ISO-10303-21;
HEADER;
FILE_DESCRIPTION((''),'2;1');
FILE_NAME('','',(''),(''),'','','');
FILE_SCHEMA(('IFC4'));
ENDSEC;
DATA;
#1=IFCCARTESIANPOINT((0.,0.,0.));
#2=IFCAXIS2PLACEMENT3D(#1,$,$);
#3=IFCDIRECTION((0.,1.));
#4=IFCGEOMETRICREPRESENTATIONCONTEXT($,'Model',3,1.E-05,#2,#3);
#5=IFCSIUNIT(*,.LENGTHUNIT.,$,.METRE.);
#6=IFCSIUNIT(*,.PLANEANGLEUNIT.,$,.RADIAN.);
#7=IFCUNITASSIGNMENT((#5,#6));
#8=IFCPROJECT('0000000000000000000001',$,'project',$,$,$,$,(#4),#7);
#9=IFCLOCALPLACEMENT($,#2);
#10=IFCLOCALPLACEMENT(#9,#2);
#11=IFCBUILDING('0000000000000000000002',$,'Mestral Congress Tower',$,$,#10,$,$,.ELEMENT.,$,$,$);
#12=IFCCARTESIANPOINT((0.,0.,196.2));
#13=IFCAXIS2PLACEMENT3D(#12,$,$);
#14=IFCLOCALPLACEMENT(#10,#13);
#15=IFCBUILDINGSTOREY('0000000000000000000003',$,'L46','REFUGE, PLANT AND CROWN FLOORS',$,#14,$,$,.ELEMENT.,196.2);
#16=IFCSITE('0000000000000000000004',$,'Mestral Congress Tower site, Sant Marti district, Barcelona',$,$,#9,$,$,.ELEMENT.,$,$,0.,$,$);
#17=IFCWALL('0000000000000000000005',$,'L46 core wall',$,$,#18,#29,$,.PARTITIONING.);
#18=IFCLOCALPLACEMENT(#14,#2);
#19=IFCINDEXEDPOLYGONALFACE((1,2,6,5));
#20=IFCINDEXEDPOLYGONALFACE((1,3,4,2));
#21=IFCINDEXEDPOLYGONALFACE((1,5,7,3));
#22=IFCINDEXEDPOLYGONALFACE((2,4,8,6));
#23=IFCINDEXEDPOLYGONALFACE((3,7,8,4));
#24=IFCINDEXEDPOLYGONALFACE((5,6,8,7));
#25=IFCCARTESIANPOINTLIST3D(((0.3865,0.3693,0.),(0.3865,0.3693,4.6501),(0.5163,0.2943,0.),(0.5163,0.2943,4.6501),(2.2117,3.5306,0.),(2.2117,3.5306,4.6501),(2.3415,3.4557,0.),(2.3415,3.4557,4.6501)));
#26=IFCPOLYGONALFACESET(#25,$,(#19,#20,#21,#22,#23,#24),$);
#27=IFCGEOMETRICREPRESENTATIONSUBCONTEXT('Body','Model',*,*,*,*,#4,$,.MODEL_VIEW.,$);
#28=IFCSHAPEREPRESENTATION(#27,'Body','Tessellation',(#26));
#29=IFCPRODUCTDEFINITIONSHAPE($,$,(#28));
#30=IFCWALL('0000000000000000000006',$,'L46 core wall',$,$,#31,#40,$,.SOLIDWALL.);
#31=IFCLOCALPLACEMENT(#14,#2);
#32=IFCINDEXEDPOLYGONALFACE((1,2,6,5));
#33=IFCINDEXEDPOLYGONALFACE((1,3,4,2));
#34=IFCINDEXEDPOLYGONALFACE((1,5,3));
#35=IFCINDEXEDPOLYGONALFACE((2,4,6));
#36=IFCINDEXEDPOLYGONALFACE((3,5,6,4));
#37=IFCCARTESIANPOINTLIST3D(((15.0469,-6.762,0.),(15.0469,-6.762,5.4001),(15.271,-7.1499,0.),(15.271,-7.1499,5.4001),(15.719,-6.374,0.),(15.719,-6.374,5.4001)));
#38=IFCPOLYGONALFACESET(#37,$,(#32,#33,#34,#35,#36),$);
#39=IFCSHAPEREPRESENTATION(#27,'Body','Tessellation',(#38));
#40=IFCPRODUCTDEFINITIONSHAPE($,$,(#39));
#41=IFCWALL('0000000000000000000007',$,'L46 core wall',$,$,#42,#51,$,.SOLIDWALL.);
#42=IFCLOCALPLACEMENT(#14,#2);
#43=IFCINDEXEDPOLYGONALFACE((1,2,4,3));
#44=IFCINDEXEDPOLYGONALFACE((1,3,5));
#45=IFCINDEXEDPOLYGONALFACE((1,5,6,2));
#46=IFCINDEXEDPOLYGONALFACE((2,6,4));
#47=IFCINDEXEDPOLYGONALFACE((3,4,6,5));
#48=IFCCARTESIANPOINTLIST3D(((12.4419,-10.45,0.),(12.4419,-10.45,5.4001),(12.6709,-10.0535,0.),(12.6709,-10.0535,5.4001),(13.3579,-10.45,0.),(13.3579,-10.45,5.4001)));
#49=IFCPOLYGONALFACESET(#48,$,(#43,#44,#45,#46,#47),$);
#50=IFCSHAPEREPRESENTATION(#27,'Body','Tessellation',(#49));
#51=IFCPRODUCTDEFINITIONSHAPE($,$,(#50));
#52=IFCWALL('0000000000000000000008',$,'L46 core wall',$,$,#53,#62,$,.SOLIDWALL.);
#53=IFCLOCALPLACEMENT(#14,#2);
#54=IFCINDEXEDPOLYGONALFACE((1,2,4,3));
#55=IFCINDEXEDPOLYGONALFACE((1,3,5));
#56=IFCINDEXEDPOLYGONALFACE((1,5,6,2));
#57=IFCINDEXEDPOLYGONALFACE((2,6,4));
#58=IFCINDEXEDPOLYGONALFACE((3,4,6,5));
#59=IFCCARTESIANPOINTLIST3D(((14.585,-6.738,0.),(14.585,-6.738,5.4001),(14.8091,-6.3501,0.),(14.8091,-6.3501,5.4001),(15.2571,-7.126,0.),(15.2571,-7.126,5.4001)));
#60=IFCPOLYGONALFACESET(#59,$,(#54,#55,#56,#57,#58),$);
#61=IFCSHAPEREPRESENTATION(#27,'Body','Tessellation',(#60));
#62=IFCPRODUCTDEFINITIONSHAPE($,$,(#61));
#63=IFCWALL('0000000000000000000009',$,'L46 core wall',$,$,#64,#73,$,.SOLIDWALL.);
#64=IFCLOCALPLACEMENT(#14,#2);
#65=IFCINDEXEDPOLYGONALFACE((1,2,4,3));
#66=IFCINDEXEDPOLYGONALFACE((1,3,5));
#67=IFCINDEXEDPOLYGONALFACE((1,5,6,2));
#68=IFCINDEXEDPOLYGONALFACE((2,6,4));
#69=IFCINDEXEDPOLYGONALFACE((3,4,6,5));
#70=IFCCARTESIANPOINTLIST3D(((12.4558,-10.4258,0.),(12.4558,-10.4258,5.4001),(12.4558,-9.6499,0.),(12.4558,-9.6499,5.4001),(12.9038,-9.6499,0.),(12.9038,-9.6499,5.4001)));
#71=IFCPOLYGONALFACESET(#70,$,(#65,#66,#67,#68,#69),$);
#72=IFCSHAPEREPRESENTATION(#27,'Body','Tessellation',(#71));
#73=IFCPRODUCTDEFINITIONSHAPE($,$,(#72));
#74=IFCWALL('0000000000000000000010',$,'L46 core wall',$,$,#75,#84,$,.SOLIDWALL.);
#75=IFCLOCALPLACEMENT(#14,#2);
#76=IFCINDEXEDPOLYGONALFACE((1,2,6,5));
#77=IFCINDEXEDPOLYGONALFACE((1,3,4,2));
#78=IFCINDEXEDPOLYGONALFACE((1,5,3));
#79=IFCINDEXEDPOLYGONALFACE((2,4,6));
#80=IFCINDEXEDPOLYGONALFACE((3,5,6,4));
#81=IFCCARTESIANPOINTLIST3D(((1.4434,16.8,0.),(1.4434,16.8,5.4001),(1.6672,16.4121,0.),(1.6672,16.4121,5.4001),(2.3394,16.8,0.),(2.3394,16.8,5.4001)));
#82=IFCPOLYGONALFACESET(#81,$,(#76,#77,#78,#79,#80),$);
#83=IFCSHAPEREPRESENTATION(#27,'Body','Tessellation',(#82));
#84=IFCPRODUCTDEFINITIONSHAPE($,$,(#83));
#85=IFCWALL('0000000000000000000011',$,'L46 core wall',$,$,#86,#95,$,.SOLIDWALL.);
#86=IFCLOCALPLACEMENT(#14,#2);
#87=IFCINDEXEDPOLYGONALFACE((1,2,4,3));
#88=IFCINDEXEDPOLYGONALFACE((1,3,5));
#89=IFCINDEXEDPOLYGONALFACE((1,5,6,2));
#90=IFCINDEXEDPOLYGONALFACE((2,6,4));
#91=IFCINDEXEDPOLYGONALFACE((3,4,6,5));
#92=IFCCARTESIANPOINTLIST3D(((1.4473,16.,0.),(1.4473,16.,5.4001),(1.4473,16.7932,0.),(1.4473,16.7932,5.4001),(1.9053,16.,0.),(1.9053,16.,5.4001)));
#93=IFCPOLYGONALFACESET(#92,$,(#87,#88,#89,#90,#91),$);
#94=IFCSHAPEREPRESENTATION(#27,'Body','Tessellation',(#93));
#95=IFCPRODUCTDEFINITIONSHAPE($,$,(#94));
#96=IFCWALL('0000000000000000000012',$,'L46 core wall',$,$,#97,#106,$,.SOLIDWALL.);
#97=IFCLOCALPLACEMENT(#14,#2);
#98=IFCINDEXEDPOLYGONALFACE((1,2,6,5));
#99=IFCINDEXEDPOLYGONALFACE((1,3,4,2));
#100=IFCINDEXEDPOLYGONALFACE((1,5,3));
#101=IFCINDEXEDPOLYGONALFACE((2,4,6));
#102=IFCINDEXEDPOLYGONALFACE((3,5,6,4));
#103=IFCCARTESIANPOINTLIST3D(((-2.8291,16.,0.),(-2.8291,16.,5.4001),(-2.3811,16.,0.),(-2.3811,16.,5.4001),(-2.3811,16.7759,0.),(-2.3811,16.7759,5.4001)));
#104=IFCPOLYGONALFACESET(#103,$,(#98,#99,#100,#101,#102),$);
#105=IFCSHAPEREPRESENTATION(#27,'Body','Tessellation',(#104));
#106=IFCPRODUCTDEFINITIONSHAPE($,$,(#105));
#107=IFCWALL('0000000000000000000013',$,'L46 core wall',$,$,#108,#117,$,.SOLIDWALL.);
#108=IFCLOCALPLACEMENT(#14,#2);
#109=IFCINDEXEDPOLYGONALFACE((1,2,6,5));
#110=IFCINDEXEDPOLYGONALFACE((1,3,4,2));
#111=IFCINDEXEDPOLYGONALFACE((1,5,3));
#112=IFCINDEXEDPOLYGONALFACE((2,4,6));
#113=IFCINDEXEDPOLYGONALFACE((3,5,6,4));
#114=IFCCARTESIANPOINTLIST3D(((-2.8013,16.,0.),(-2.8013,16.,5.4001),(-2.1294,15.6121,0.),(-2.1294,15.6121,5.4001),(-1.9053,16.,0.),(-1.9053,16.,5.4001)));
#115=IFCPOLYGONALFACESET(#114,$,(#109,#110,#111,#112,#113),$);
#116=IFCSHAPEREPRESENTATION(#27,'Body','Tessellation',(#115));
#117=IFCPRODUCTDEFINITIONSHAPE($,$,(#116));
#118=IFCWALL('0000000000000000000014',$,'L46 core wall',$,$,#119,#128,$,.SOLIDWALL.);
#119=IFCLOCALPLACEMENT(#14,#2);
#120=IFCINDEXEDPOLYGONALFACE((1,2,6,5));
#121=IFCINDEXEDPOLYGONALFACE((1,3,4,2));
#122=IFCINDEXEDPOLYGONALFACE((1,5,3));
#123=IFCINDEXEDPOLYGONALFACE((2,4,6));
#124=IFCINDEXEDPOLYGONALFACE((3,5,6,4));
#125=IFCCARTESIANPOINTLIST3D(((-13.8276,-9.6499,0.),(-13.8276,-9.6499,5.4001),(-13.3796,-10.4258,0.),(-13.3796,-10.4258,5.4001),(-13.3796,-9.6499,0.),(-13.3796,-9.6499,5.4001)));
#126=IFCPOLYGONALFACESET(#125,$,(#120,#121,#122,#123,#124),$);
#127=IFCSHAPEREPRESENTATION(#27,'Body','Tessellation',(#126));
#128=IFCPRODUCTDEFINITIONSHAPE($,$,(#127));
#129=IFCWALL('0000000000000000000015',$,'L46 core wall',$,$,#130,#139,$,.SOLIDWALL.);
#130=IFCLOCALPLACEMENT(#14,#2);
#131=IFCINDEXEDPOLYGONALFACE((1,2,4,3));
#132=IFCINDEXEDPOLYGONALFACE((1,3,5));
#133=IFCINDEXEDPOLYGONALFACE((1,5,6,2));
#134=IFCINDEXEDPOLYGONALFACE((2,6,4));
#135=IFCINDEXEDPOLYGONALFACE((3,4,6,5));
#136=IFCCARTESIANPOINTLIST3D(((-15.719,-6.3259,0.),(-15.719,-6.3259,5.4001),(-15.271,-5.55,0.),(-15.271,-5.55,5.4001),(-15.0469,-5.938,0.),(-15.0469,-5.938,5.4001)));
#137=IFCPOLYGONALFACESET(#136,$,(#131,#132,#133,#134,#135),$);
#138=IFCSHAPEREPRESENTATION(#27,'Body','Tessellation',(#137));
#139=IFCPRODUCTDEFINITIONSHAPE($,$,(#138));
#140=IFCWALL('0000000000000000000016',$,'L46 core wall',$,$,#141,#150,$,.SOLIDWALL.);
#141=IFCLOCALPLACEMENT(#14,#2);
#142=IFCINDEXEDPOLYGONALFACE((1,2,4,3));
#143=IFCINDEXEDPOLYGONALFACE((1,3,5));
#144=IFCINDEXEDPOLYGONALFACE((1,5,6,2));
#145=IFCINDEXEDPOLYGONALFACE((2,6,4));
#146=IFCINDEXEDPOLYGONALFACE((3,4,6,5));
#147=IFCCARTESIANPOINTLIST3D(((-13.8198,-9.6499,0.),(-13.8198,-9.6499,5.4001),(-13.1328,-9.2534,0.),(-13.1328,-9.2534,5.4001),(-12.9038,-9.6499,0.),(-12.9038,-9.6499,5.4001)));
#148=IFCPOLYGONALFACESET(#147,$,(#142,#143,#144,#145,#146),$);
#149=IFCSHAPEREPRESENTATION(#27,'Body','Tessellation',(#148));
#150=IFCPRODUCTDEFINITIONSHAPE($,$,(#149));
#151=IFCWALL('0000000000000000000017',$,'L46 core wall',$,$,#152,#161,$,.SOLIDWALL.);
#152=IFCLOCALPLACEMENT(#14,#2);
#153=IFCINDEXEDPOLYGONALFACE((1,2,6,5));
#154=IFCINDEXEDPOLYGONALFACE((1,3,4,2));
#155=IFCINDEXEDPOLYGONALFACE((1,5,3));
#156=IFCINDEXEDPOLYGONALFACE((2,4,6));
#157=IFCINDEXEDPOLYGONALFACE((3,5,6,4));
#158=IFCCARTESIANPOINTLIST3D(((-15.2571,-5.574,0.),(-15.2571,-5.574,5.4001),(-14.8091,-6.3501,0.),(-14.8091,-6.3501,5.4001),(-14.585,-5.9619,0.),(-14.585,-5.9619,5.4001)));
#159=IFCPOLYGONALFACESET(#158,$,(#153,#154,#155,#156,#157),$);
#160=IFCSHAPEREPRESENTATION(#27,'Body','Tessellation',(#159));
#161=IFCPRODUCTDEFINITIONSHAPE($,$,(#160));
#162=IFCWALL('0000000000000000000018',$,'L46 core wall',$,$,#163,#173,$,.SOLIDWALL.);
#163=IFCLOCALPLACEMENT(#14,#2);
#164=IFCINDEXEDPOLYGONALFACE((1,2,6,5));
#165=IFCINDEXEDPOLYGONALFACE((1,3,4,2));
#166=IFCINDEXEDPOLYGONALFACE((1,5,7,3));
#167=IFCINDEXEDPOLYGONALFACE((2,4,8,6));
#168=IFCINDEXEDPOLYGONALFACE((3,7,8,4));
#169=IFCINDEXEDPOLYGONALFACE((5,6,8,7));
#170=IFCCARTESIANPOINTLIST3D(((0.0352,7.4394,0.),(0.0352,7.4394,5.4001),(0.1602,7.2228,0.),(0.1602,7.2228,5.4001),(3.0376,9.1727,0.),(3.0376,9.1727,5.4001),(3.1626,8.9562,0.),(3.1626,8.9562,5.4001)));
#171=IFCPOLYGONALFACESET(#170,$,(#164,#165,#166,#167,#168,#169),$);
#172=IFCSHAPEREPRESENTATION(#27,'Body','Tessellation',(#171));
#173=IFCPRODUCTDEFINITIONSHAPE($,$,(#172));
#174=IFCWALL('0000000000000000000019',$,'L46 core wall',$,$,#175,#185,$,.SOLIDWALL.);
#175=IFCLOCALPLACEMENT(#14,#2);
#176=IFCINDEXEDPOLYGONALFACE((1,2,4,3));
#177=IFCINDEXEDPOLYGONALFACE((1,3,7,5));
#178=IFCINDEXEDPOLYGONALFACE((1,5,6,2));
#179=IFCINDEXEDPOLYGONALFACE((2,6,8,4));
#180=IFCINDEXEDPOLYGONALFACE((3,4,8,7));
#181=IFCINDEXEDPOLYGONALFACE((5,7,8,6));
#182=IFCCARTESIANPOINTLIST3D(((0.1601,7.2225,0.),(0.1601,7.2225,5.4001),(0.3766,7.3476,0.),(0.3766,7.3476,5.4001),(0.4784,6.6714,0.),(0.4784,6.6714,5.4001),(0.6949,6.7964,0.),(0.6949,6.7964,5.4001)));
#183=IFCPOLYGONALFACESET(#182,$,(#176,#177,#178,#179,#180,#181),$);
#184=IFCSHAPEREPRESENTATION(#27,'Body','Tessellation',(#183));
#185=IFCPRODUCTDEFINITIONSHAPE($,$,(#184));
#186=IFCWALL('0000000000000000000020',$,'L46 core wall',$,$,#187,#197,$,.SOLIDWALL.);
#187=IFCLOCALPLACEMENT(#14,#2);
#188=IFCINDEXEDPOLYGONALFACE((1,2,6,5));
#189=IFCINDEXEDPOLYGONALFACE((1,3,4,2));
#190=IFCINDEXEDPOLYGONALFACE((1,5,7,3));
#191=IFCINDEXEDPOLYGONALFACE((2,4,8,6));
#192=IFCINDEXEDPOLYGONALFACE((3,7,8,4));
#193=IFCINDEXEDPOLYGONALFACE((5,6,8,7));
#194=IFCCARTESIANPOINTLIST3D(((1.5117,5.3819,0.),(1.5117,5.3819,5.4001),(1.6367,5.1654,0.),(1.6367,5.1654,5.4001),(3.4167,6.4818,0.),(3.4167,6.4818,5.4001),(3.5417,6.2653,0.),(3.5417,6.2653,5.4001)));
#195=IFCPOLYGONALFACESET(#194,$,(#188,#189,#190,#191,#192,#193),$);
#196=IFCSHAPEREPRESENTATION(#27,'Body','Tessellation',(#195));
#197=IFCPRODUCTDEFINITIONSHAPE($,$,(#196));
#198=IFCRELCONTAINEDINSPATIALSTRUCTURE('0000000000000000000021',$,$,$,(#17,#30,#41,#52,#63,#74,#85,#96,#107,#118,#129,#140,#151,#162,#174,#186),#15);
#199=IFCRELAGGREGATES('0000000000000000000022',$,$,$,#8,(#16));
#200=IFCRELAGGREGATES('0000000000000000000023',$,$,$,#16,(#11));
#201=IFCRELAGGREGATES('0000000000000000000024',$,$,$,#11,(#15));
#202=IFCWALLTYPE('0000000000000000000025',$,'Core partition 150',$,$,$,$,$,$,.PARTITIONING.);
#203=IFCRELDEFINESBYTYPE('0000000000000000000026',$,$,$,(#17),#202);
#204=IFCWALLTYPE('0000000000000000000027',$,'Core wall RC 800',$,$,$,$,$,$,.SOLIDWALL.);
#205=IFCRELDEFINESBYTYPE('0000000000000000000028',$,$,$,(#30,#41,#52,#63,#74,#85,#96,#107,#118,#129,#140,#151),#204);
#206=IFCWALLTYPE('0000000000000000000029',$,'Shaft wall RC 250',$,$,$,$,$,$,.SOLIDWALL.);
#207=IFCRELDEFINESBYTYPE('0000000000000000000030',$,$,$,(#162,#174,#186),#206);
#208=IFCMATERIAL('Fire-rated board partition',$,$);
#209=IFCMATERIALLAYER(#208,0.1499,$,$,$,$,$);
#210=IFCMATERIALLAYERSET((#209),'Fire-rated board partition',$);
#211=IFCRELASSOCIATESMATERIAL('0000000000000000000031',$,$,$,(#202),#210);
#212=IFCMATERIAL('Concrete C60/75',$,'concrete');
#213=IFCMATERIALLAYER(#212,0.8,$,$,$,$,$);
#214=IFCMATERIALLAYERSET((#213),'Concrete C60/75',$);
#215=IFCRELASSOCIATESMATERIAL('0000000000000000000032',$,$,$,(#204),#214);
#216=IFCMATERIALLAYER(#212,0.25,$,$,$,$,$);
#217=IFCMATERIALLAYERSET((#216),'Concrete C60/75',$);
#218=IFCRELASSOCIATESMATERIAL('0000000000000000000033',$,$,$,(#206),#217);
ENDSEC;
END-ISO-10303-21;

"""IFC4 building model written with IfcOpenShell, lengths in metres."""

from ifc_helpers import new_model, si_unit, direction, frame, frame_2d, origin, place, context, subcontext, project, spatial, polyline, rectangle, outline, extrude, material, layer, layer_set, type_object, element, save


model = new_model("IFC4")

# Units and contexts
model_context = context("Model", 3, precision=1e-05, world=origin(), true_north=direction((0.0, 1.0)))
body_context = subcontext(model_context, "Body", "Model", "MODEL_VIEW")
ifc_project = project(units=[si_unit("LENGTHUNIT", "METRE"), si_unit("PLANEANGLEUNIT", "RADIAN")], contexts=[model_context])

# Site, building, storey
site_placement = place(None, origin())
site = spatial("IfcSite", under=ifc_project, at=site_placement, Name="Mestral Congress Tower site, Sant Marti district, Barcelona", CompositionType="ELEMENT", RefElevation=0.0)
building_placement = place(site_placement, origin())
building = spatial("IfcBuilding", under=site, at=building_placement, Name="Mestral Congress Tower", CompositionType="ELEMENT")
storey_placement = place(building_placement, frame((0.0, 0.0, 196.2)))
storey = spatial("IfcBuildingStorey", under=building, at=storey_placement, Name="L46", Description="REFUGE, PLANT AND CROWN FLOORS", CompositionType="ELEMENT", Elevation=196.2)

# Shared definitions
ifc_material_1 = material(Name="Concrete C60/75", Category="concrete")

# Shared definitions
placement_1 = place(storey_placement, origin())

# Walls
ifc_material_2 = material(Name="Fire-rated board partition")
ifc_layer_1 = layer(ifc_material_2, 0.1499)
ifc_layer_set_1 = layer_set([ifc_layer_1], Name="Fire-rated board partition")
wall_type_1 = type_object("IfcWallType", Name="Core partition 150", PredefinedType="PARTITIONING", material=ifc_layer_set_1)
wall_1_placement = place(storey_placement, frame((2.2766, 3.4932, 0.0), z_axis=(0.0, 0.0, 1.0), x_axis=(-0.499995, -0.866029, 0.0)))
element("IfcWall", 1, at=wall_1_placement, inside=storey, type_object=wall_type_1, Name="L46 core wall", PredefinedType="PARTITIONING", context=body_context, shape_type="SweptSolid", body=[
    extrude(rectangle(XDim=3.6504, YDim=0.1499, at=frame_2d((1.8252, 0.0))), origin(), (0.0, 0.0, 1.0), 4.6501),
])
ifc_layer_2 = layer(ifc_material_1, 0.8)
ifc_layer_set_2 = layer_set([ifc_layer_2], Name="Concrete C60/75")
wall_type_2 = type_object("IfcWallType", Name="Core wall RC 800", PredefinedType="SOLIDWALL", material=ifc_layer_set_2)
element("IfcWall", 2, at=placement_1, inside=storey, type_object=wall_type_2, Name="L46 core wall", PredefinedType="SOLIDWALL", context=body_context, shape_type="SweptSolid", body=[
    extrude(outline(polyline([(15.271, -7.1499), (15.0469, -6.762), (15.719, -6.374), (15.271, -7.1499)])), origin(), (0.0, 0.0, 1.0), 5.4001),
])
element("IfcWall", 3, at=placement_1, inside=storey, type_object=wall_type_2, Name="L46 core wall", PredefinedType="SOLIDWALL", context=body_context, shape_type="SweptSolid", body=[
    extrude(outline(polyline([(12.4419, -10.45), (12.6709, -10.0535), (13.3579, -10.45), (12.4419, -10.45)])), origin(), (0.0, 0.0, 1.0), 5.4001),
])
element("IfcWall", 4, at=placement_1, inside=storey, type_object=wall_type_2, Name="L46 core wall", PredefinedType="SOLIDWALL", context=body_context, shape_type="SweptSolid", body=[
    extrude(outline(polyline([(14.8091, -6.3501), (15.2571, -7.126), (14.585, -6.738), (14.8091, -6.3501)])), origin(), (0.0, 0.0, 1.0), 5.4001),
])
element("IfcWall", 5, at=placement_1, inside=storey, type_object=wall_type_2, Name="L46 core wall", PredefinedType="SOLIDWALL", context=body_context, shape_type="SweptSolid", body=[
    extrude(outline(polyline([(12.9038, -9.6499), (12.4558, -10.4258), (12.4558, -9.6499), (12.9038, -9.6499)])), origin(), (0.0, 0.0, 1.0), 5.4001),
])
element("IfcWall", 6, at=placement_1, inside=storey, type_object=wall_type_2, Name="L46 core wall", PredefinedType="SOLIDWALL", context=body_context, shape_type="SweptSolid", body=[
    extrude(outline(polyline([(1.4434, 16.8), (2.3394, 16.8), (1.6672, 16.4121), (1.4434, 16.8)])), origin(), (0.0, 0.0, 1.0), 5.4001),
])
element("IfcWall", 7, at=placement_1, inside=storey, type_object=wall_type_2, Name="L46 core wall", PredefinedType="SOLIDWALL", context=body_context, shape_type="SweptSolid", body=[
    extrude(outline(polyline([(1.9053, 16.0), (1.4473, 16.0), (1.4473, 16.7932), (1.9053, 16.0)])), origin(), (0.0, 0.0, 1.0), 5.4001),
])
element("IfcWall", 8, at=placement_1, inside=storey, type_object=wall_type_2, Name="L46 core wall", PredefinedType="SOLIDWALL", context=body_context, shape_type="SweptSolid", body=[
    extrude(outline(polyline([(-2.8291, 16.0), (-2.3811, 16.7759), (-2.3811, 16.0), (-2.8291, 16.0)])), origin(), (0.0, 0.0, 1.0), 5.4001),
])
element("IfcWall", 9, at=placement_1, inside=storey, type_object=wall_type_2, Name="L46 core wall", PredefinedType="SOLIDWALL", context=body_context, shape_type="SweptSolid", body=[
    extrude(outline(polyline([(-1.9053, 16.0), (-2.1294, 15.6121), (-2.8013, 16.0), (-1.9053, 16.0)])), origin(), (0.0, 0.0, 1.0), 5.4001),
])
element("IfcWall", 10, at=placement_1, inside=storey, type_object=wall_type_2, Name="L46 core wall", PredefinedType="SOLIDWALL", context=body_context, shape_type="SweptSolid", body=[
    extrude(outline(polyline([(-13.8276, -9.6499), (-13.3796, -9.6499), (-13.3796, -10.4258), (-13.8276, -9.6499)])), origin(), (0.0, 0.0, 1.0), 5.4001),
])
element("IfcWall", 11, at=placement_1, inside=storey, type_object=wall_type_2, Name="L46 core wall", PredefinedType="SOLIDWALL", context=body_context, shape_type="SweptSolid", body=[
    extrude(outline(polyline([(-15.0469, -5.938), (-15.719, -6.3259), (-15.271, -5.55), (-15.0469, -5.938)])), origin(), (0.0, 0.0, 1.0), 5.4001),
])
element("IfcWall", 12, at=placement_1, inside=storey, type_object=wall_type_2, Name="L46 core wall", PredefinedType="SOLIDWALL", context=body_context, shape_type="SweptSolid", body=[
    extrude(outline(polyline([(-12.9038, -9.6499), (-13.8198, -9.6499), (-13.1328, -9.2534), (-12.9038, -9.6499)])), origin(), (0.0, 0.0, 1.0), 5.4001),
])
element("IfcWall", 13, at=placement_1, inside=storey, type_object=wall_type_2, Name="L46 core wall", PredefinedType="SOLIDWALL", context=body_context, shape_type="SweptSolid", body=[
    extrude(outline(polyline([(-14.8091, -6.3501), (-15.2571, -5.574), (-14.585, -5.9619), (-14.8091, -6.3501)])), origin(), (0.0, 0.0, 1.0), 5.4001),
])
ifc_layer_3 = layer(ifc_material_1, 0.25)
ifc_layer_set_3 = layer_set([ifc_layer_3], Name="Concrete C60/75")
wall_type_3 = type_object("IfcWallType", Name="Shaft wall RC 250", PredefinedType="SOLIDWALL", material=ifc_layer_set_3)
wall_2_placement = place(storey_placement, frame((3.1001, 9.0645, 0.0), z_axis=(0.0, 0.0, 1.0), x_axis=(-0.866033, -0.499987, 0.0)))
element("IfcWall", 14, at=wall_2_placement, inside=storey, type_object=wall_type_3, Name="L46 core wall", PredefinedType="SOLIDWALL", context=body_context, shape_type="SweptSolid", body=[
    extrude(rectangle(XDim=3.4668, YDim=0.25, at=frame_2d((1.7334, 0.0))), origin(), (0.0, 0.0, 1.0), 5.4001),
])
wall_3_placement = place(storey_placement, frame((0.2683, 7.2852, 0.0), z_axis=(0.0, 0.0, 1.0), x_axis=(0.500099, -0.865968, 0.0)))
element("IfcWall", 15, at=wall_3_placement, inside=storey, type_object=wall_type_3, Name="L46 core wall", PredefinedType="SOLIDWALL", context=body_context, shape_type="SweptSolid", body=[
    extrude(rectangle(XDim=0.6365, YDim=0.25, at=frame_2d((0.3184, 0.0))), origin(), (0.0, 0.0, 1.0), 5.4001),
])
wall_4_placement = place(storey_placement, frame((1.5742, 5.2737, 0.0), z_axis=(0.0, 0.0, 1.0), x_axis=(0.866028, 0.499995, 0.0)))
element("IfcWall", 16, at=wall_4_placement, inside=storey, type_object=wall_type_3, Name="L46 core wall", PredefinedType="SOLIDWALL", context=body_context, shape_type="SweptSolid", body=[
    extrude(rectangle(XDim=2.1997, YDim=0.25, at=frame_2d((1.0999, 0.0))), origin(), (0.0, 0.0, 1.0), 5.4001),
])

save(model, "model.ifc")
